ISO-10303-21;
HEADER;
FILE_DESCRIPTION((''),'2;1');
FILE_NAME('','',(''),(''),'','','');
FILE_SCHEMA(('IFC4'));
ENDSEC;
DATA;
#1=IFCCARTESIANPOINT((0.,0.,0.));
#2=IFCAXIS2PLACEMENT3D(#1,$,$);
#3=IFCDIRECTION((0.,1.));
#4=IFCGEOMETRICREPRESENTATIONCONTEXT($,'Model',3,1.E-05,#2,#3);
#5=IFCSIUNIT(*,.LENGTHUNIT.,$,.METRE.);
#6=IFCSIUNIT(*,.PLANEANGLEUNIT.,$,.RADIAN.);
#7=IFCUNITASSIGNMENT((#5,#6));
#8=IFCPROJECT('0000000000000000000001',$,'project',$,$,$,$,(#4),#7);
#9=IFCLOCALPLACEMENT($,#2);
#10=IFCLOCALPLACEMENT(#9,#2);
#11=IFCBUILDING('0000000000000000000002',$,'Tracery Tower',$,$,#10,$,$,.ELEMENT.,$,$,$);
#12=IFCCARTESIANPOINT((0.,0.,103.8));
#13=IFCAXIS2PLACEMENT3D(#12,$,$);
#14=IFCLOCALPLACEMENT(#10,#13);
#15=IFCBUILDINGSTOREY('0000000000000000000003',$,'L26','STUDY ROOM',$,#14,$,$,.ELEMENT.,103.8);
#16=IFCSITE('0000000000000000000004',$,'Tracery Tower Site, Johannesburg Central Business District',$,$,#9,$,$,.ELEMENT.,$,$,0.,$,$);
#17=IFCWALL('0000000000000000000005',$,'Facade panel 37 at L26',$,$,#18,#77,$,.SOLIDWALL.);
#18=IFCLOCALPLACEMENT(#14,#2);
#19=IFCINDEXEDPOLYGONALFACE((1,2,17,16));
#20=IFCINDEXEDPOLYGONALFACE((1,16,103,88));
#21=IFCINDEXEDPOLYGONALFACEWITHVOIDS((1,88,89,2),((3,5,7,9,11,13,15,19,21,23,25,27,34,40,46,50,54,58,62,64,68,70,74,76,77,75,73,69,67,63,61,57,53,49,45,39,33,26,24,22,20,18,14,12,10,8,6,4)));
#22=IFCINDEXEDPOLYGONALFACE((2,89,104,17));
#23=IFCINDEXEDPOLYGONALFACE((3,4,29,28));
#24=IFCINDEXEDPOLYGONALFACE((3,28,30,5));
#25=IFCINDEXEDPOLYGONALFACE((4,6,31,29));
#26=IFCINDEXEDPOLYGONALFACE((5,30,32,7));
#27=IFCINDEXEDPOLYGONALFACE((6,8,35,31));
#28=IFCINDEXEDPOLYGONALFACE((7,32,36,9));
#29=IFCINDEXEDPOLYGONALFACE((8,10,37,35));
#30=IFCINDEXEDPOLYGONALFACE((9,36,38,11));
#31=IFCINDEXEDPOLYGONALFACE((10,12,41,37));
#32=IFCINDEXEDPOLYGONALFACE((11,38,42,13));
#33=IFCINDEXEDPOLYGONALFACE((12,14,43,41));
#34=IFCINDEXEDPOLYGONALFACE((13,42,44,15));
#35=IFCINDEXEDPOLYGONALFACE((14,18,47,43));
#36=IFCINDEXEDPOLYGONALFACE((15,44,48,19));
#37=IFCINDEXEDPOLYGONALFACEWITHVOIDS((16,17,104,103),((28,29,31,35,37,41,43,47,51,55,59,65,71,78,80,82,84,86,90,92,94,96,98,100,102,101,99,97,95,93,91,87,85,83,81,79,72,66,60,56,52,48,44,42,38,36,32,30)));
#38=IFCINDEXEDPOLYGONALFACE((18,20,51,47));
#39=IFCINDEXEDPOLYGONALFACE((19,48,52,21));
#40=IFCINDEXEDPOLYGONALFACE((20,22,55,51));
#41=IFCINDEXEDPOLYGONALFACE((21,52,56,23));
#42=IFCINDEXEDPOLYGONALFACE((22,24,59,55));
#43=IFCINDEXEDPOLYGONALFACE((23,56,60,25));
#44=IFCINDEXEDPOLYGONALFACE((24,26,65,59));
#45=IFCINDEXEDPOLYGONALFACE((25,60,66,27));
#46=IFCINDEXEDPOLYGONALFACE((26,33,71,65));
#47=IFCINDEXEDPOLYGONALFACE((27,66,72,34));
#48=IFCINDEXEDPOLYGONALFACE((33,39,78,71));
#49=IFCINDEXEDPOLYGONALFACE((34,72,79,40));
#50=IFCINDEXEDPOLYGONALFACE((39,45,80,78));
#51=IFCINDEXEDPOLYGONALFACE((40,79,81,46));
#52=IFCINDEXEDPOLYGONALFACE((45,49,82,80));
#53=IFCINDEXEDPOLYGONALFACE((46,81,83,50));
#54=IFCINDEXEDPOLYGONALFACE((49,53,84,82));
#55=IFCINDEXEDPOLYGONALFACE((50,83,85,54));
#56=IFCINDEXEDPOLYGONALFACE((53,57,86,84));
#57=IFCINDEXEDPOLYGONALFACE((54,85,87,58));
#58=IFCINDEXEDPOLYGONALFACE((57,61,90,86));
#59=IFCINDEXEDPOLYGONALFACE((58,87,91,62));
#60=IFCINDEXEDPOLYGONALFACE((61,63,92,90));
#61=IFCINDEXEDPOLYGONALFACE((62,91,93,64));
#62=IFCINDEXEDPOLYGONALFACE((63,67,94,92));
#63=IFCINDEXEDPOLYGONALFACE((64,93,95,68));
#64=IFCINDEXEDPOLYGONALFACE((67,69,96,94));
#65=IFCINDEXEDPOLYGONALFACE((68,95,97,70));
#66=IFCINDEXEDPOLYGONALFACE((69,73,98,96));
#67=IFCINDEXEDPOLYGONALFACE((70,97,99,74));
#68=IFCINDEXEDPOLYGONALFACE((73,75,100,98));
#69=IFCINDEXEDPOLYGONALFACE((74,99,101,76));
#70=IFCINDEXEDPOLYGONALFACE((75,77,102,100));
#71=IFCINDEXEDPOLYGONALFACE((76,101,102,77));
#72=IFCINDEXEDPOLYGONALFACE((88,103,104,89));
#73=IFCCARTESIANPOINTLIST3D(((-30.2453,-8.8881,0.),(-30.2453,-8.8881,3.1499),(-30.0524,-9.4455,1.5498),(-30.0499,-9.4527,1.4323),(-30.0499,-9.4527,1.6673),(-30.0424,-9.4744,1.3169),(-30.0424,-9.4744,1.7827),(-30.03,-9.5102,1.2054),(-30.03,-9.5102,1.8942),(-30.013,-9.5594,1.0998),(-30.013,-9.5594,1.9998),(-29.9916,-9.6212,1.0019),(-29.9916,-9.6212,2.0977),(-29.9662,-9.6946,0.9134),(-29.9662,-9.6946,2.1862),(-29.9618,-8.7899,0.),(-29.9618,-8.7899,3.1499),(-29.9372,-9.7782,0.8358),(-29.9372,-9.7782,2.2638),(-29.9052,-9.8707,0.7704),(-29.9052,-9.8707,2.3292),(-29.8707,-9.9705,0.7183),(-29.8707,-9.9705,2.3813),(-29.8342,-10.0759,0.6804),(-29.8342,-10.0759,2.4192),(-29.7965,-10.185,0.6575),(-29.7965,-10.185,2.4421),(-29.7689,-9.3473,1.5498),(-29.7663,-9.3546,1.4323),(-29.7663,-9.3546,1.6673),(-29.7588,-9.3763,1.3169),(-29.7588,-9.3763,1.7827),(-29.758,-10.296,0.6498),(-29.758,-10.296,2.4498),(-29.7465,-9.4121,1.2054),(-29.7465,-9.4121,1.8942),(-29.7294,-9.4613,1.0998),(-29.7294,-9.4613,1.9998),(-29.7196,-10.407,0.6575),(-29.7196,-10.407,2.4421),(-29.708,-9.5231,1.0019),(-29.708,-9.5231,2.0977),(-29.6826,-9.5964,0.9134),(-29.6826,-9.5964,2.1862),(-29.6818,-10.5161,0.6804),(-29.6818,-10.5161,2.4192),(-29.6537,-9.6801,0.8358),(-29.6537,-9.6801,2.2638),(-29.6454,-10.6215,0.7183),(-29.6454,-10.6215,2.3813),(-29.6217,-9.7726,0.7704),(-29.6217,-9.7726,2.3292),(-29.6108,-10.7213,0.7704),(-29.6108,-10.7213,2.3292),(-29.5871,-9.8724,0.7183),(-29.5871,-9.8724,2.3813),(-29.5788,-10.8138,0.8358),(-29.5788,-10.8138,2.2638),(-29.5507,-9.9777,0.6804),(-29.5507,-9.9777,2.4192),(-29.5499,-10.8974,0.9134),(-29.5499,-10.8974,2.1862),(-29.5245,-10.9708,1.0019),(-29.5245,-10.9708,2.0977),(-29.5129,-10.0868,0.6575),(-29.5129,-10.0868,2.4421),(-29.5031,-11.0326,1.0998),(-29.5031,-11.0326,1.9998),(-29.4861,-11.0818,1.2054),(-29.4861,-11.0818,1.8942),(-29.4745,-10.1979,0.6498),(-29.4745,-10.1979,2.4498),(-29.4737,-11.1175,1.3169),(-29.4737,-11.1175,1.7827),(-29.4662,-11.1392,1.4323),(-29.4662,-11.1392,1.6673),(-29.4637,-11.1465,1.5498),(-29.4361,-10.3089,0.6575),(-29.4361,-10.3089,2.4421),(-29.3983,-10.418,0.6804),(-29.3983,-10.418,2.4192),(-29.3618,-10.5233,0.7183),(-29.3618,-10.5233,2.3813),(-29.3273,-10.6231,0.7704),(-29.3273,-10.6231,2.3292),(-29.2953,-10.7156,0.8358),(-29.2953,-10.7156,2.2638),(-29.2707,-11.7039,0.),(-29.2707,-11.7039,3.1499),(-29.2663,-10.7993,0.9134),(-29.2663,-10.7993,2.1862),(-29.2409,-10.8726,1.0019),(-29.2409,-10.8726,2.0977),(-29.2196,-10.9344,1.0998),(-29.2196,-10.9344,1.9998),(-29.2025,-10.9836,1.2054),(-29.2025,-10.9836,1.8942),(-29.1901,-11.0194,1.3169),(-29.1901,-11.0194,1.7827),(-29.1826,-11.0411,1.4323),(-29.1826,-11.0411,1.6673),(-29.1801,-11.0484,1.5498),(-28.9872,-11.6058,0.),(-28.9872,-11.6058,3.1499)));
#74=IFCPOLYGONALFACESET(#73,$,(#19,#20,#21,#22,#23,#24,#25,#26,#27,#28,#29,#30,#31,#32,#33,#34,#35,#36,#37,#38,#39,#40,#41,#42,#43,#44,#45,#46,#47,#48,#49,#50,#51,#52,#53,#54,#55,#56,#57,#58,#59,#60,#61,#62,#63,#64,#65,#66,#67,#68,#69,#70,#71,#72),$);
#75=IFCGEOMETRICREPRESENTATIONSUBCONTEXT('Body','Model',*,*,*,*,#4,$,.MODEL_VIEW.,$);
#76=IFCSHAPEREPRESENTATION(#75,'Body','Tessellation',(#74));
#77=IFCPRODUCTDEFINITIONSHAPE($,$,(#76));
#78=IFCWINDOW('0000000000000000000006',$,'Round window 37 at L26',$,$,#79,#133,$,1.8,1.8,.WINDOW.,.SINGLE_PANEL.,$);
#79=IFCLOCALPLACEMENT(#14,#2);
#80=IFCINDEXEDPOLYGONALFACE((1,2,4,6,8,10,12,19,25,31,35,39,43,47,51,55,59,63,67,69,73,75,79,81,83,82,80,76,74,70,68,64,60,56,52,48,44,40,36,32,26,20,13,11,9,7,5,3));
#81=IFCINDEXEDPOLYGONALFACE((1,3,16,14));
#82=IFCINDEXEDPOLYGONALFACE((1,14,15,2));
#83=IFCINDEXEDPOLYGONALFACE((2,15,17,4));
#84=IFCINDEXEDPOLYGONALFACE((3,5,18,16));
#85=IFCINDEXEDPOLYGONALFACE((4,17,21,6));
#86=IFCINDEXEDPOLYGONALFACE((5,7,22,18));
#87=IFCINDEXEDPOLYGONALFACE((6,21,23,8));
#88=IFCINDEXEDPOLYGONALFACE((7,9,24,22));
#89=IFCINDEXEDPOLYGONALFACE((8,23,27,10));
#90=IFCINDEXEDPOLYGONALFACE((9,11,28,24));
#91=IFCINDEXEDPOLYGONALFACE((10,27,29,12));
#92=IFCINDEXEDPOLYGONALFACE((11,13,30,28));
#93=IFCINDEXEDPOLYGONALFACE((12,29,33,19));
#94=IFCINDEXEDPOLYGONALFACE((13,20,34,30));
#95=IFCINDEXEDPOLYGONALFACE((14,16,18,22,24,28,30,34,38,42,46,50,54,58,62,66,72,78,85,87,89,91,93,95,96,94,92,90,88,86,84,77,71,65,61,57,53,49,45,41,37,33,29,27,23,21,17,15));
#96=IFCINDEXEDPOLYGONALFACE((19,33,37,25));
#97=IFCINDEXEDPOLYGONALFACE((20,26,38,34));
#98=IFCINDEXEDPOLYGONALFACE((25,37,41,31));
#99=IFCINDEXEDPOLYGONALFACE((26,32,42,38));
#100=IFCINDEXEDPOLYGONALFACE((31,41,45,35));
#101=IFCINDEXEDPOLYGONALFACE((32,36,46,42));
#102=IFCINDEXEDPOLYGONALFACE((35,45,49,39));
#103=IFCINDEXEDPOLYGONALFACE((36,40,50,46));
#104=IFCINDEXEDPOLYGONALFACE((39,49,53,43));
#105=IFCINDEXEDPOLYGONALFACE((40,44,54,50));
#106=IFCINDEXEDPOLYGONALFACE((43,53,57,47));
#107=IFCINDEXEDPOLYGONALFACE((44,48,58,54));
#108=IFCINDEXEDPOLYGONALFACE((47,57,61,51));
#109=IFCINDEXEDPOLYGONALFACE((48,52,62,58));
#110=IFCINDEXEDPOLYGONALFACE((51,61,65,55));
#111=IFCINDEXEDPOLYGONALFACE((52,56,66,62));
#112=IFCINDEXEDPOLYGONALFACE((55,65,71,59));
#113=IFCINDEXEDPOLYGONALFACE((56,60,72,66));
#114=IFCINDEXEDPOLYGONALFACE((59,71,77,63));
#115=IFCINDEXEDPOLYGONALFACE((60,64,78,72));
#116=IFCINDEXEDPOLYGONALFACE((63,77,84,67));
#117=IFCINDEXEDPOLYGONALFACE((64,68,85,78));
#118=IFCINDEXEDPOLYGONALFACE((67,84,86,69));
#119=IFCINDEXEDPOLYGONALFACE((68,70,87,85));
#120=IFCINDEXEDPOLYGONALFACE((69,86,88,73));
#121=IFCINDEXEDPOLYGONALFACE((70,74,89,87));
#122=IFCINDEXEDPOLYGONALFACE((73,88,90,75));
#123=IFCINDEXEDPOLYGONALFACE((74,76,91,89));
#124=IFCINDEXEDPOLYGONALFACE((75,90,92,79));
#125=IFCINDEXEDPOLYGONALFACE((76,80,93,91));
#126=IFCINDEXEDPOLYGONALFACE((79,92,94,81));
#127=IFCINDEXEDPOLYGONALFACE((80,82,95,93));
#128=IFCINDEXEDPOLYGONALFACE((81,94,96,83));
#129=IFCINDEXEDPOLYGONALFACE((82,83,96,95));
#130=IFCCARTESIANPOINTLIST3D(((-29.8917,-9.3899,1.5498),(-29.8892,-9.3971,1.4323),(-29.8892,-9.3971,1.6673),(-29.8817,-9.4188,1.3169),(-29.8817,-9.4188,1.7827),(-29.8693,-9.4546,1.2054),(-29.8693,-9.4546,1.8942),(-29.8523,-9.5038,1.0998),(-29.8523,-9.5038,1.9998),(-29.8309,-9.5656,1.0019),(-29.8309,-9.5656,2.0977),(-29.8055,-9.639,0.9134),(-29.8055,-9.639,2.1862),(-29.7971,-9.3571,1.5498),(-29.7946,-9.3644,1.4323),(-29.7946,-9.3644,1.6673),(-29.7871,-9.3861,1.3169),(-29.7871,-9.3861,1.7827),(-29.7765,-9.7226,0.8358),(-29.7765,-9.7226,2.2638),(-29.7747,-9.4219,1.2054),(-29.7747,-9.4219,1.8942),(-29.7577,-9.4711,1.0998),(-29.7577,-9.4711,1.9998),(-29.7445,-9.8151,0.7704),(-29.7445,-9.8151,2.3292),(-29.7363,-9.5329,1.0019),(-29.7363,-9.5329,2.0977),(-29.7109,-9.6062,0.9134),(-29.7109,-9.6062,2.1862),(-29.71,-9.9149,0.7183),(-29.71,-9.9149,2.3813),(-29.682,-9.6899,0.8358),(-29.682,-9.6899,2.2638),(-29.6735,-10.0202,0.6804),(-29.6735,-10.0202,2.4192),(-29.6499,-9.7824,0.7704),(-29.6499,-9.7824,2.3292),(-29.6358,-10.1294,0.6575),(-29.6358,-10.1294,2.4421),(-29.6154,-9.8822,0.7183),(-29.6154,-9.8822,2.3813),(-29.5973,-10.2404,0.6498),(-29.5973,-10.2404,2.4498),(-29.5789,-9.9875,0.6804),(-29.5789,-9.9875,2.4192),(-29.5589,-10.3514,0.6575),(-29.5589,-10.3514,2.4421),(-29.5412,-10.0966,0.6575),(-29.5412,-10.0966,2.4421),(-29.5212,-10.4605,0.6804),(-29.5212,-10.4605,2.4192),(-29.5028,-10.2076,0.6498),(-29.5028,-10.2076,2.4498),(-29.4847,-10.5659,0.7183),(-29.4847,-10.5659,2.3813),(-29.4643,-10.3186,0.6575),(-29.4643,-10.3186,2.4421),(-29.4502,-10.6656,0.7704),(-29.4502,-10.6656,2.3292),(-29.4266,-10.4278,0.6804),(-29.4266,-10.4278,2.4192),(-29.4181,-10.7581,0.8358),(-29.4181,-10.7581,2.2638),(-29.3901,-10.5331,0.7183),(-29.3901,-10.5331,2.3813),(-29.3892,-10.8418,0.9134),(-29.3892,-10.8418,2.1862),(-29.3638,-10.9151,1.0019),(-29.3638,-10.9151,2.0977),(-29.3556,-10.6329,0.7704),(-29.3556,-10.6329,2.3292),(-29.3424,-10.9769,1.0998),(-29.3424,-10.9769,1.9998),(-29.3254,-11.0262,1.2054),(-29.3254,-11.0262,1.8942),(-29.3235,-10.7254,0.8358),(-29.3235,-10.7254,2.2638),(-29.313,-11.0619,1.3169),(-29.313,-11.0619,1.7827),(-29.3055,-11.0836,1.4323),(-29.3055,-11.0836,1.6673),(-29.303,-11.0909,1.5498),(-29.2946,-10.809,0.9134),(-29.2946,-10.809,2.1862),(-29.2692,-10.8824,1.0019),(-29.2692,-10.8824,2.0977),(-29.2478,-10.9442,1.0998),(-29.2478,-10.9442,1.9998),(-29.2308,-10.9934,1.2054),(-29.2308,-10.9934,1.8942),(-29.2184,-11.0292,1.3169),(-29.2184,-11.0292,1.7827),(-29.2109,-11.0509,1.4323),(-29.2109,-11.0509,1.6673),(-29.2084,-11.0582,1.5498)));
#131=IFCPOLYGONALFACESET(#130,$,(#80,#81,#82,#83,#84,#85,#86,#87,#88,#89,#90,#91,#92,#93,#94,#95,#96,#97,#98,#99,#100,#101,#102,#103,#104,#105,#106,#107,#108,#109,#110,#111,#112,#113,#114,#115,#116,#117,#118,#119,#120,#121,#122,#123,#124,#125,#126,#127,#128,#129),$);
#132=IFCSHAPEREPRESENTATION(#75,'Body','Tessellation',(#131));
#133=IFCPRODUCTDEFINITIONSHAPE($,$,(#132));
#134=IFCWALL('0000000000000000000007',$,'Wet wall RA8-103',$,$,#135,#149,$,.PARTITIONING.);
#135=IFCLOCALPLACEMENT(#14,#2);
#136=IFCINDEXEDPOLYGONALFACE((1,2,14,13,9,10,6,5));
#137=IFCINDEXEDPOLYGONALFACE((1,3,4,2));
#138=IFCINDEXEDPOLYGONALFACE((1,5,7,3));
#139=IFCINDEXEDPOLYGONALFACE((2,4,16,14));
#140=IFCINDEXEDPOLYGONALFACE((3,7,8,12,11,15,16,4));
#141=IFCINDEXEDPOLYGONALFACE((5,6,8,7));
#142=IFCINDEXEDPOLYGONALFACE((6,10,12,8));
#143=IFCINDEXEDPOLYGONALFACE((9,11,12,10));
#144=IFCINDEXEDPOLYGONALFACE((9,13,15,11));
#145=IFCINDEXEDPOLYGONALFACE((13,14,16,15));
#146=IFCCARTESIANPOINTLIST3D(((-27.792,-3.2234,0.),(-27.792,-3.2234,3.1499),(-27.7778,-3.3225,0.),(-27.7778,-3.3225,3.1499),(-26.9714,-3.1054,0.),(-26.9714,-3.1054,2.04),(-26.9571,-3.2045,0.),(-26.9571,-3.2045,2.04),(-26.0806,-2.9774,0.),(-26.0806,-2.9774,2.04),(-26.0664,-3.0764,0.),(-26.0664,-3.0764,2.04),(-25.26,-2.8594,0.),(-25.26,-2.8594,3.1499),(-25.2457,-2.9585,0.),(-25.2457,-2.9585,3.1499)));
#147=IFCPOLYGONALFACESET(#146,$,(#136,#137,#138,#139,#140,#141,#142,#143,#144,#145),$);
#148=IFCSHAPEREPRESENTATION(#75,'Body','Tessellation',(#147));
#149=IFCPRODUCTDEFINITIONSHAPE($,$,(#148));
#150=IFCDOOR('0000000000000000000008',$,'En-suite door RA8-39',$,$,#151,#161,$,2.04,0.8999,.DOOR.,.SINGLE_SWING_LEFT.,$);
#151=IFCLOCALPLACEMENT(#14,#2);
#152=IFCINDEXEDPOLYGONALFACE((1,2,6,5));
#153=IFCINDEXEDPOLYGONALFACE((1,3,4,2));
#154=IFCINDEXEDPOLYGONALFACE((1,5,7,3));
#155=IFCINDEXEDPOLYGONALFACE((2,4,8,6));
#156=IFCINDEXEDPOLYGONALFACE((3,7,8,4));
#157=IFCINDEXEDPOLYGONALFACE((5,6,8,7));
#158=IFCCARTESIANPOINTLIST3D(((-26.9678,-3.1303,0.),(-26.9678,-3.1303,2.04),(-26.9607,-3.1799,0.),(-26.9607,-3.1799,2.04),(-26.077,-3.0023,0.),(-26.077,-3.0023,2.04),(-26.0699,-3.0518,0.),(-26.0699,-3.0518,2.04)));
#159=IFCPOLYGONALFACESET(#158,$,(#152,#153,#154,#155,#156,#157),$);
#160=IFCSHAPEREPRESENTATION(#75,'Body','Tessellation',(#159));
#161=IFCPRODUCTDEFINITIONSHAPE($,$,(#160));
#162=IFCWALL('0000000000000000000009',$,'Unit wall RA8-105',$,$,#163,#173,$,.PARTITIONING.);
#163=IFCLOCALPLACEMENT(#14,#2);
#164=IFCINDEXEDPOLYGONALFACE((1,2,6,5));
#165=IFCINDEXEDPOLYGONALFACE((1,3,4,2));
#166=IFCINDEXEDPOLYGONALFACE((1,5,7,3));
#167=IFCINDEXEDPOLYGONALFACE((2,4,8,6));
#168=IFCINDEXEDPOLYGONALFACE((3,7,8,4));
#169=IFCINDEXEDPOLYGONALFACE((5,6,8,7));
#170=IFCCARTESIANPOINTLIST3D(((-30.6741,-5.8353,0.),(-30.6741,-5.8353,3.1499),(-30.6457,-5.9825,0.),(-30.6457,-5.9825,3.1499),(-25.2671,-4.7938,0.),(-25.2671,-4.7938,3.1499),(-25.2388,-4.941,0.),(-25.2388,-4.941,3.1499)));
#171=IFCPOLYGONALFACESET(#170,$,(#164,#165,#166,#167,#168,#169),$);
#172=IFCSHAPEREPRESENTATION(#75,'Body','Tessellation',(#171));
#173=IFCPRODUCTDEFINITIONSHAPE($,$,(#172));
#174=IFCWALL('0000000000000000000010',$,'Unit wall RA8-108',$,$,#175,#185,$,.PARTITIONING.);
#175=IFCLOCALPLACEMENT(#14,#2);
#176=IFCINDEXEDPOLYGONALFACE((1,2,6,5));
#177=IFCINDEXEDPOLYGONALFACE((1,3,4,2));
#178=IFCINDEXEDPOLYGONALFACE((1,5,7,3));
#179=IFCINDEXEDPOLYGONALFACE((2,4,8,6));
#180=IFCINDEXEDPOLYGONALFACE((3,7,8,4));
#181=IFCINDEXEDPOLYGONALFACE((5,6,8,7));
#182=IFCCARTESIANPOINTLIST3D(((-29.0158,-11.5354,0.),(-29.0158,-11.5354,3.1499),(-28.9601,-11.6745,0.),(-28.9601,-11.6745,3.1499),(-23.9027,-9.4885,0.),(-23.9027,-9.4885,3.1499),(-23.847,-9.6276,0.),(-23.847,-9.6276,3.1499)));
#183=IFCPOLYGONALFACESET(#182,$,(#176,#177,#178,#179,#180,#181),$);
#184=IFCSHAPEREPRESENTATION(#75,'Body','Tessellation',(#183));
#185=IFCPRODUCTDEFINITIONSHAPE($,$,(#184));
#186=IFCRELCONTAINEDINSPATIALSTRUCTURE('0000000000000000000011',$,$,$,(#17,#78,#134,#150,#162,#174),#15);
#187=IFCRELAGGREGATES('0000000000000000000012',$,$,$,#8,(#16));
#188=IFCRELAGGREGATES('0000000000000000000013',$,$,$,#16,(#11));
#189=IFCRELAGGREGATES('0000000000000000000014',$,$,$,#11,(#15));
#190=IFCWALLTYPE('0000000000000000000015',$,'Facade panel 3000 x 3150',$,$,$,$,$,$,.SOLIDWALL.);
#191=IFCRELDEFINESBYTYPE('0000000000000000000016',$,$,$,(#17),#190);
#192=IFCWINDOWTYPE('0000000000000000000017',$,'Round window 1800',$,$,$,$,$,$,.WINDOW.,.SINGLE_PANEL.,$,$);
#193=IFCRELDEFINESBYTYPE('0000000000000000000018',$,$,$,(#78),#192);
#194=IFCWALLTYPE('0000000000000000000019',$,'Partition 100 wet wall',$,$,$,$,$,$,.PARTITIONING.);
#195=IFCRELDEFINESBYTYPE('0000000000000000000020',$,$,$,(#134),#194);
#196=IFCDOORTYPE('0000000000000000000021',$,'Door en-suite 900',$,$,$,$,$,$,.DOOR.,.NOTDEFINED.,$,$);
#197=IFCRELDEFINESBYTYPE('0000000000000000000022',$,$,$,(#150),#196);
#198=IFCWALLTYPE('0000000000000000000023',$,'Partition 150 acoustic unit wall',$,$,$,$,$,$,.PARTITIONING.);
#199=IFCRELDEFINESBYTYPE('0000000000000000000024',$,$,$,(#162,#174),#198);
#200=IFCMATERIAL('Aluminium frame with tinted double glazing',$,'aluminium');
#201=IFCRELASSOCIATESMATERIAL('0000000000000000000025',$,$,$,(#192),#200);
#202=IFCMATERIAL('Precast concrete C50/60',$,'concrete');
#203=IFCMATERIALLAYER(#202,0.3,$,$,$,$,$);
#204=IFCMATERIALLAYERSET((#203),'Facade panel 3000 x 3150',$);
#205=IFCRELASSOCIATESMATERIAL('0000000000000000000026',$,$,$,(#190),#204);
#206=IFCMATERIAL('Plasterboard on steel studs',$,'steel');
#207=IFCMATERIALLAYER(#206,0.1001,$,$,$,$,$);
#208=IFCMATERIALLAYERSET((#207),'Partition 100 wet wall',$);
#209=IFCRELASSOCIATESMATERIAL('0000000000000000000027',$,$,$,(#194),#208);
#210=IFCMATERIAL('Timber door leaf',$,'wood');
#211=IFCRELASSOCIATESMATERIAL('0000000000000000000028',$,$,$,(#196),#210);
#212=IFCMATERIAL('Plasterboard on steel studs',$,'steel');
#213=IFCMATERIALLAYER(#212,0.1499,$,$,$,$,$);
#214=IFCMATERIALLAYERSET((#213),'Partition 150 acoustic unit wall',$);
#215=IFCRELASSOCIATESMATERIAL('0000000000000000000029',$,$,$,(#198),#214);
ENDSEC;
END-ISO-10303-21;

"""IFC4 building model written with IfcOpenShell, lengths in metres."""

from ifc_helpers import new_model, si_unit, direction, frame, frame_2d, origin, origin_2d, place, context, subcontext, project, spatial, rectangle, circle, extrude, material, layer, layer_set, type_object, element, fill, save


model = new_model("IFC4")

# Units and contexts
model_context = context("Model", 3, precision=1e-05, world=origin(), true_north=direction((0.0, 1.0)))
body_context = subcontext(model_context, "Body", "Model", "MODEL_VIEW")
ifc_project = project(units=[si_unit("LENGTHUNIT", "METRE"), si_unit("PLANEANGLEUNIT", "RADIAN")], contexts=[model_context])

# Site, building, storey
site_placement = place(None, origin())
site = spatial("IfcSite", under=ifc_project, at=site_placement, Name="Tracery Tower Site, Johannesburg Central Business District", CompositionType="ELEMENT", RefElevation=0.0)
building_placement = place(site_placement, origin())
building = spatial("IfcBuilding", under=site, at=building_placement, Name="Tracery Tower", CompositionType="ELEMENT")
storey_placement = place(building_placement, frame((0.0, 0.0, 103.8)))
storey = spatial("IfcBuildingStorey", under=building, at=storey_placement, Name="L26", Description="STUDY ROOM", CompositionType="ELEMENT", Elevation=103.8)

# Wall, opening, window
ifc_material_1 = material(Name="Aluminium frame with tinted double glazing", Category="aluminium")
window_type = type_object("IfcWindowType", Name="Round window 1800", PartitioningType="SINGLE_PANEL", PredefinedType="WINDOW", material=ifc_material_1)
ifc_material_2 = material(Name="Precast concrete C50/60", Category="concrete")
ifc_layer_1 = layer(ifc_material_2, 0.3)
ifc_layer_set_1 = layer_set([ifc_layer_1], Name="Facade panel 3000 x 3150")
wall_type_1 = type_object("IfcWallType", Name="Facade panel 3000 x 3150", PredefinedType="SOLIDWALL", material=ifc_layer_set_1)
wall_1_placement = place(storey_placement, frame((-30.1035, -8.8391, 0.0), z_axis=(0.0, 0.0, 1.0), x_axis=(0.327071, -0.945, 0.0)))
wall_1 = element("IfcWall", 1, at=wall_1_placement, inside=storey, type_object=wall_type_1, Name="Facade panel 37 at L26", PredefinedType="SOLIDWALL", context=body_context, shape_type="SweptSolid", body=[
    extrude(rectangle(XDim=2.9797, YDim=0.3, at=frame_2d((1.4897, 0.0))), origin(), (0.0, 0.0, 1.0), 3.1499),
])
opening_1_placement = place(wall_1_placement, frame((1.4897, 0.0, 1.5498)))
opening_1 = element("IfcOpeningElement", 2, at=opening_1_placement, cuts=wall_1, PredefinedType="OPENING", context=body_context, shape_type="SweptSolid", body=[
    extrude(circle(Radius=0.9, at=origin_2d()), frame((0.0, 0.1599, 0.0), z_axis=(0.0, -1.0, 0.0), x_axis=(1.0, 0.0, 0.0)), (0.0, 0.0, 1.0), 0.3201),
])
window_1_placement = place(opening_1_placement, origin())
window_1 = element("IfcWindow", 3, at=window_1_placement, inside=storey, type_object=window_type, Name="Round window 37 at L26", OverallHeight=1.8, OverallWidth=1.8, PartitioningType="SINGLE_PANEL", PredefinedType="WINDOW", context=body_context, shape_type="SweptSolid", body=[
    extrude(circle(Radius=0.9, at=origin_2d()), frame((0.0, 0.1201, 0.0), z_axis=(0.0, -1.0, 0.0), x_axis=(1.0, 0.0, 0.0)), (0.0, 0.0, 1.0), 0.1001),
])
fill(opening_1, window_1)

# Wall, opening, door
ifc_material_3 = material(Name="Plasterboard on steel studs", Category="steel")
ifc_layer_2 = layer(ifc_material_3, 0.1001)
ifc_layer_set_2 = layer_set([ifc_layer_2], Name="Partition 100 wet wall")
wall_type_2 = type_object("IfcWallType", Name="Partition 100 wet wall", PredefinedType="PARTITIONING", material=ifc_layer_set_2)
wall_2_placement = place(storey_placement, frame((-27.7849, -3.2729, 0.0), z_axis=(0.0, 0.0, 1.0), x_axis=(0.989823, 0.142303, 0.0)))
wall_2 = element("IfcWall", 4, at=wall_2_placement, inside=storey, type_object=wall_type_2, Name="Wet wall RA8-103", PredefinedType="PARTITIONING", context=body_context, shape_type="SweptSolid", body=[
    extrude(rectangle(XDim=2.5581, YDim=0.1001, at=frame_2d((1.2791, 0.0))), origin(), (0.0, 0.0, 1.0), 3.1499),
])
opening_2_placement = place(wall_2_placement, frame((0.8291, 0.0, 0.0)))
opening_2 = element("IfcOpeningElement", 5, at=opening_2_placement, cuts=wall_2, PredefinedType="OPENING", context=body_context, shape_type="SweptSolid", body=[
    extrude(rectangle(XDim=0.8999, YDim=2.04, at=frame_2d((0.45, 1.02))), frame((0.0, 0.05, 0.0), z_axis=(0.0, -1.0, 0.0), x_axis=(1.0, 0.0, 0.0)), (0.0, 0.0, 1.0), 0.1001),
])
ifc_material_4 = material(Name="Timber door leaf", Category="wood")
door_type = type_object("IfcDoorType", Name="Door en-suite 900", OperationType="NOTDEFINED", PredefinedType="DOOR", material=ifc_material_4)
door_placement = place(opening_2_placement, origin())
door = element("IfcDoor", 6, at=door_placement, inside=storey, type_object=door_type, Name="En-suite door RA8-39", OperationType="SINGLE_SWING_LEFT", OverallHeight=2.04, OverallWidth=0.8999, PredefinedType="DOOR", context=body_context, shape_type="SweptSolid", body=[
    extrude(rectangle(XDim=0.8999, YDim=2.04, at=frame_2d((0.45, 1.02))), frame((0.0, 0.0249, 0.0), z_axis=(0.0, -1.0, 0.0), x_axis=(1.0, 0.0, 0.0)), (0.0, 0.0, 1.0), 0.05),
])
fill(opening_2, door)

# Walls
ifc_material_5 = material(Name="Plasterboard on steel studs", Category="steel")
ifc_layer_3 = layer(ifc_material_5, 0.1499)
ifc_layer_set_3 = layer_set([ifc_layer_3], Name="Partition 150 acoustic unit wall")
wall_type_3 = type_object("IfcWallType", Name="Partition 150 acoustic unit wall", PredefinedType="PARTITIONING", material=ifc_layer_set_3)
wall_3_placement = place(storey_placement, frame((-30.6599, -5.9089, 0.0), z_axis=(0.0, 0.0, 1.0), x_axis=(0.981949, 0.189145, 0.0)))
element("IfcWall", 7, at=wall_3_placement, inside=storey, type_object=wall_type_3, Name="Unit wall RA8-105", PredefinedType="PARTITIONING", context=body_context, shape_type="SweptSolid", body=[
    extrude(rectangle(XDim=5.5063, YDim=0.1499, at=frame_2d((2.7532, 0.0))), origin(), (0.0, 0.0, 1.0), 3.1499),
])
wall_4_placement = place(storey_placement, frame((-28.988, -11.605, 0.0), z_axis=(0.0, 0.0, 1.0), x_axis=(0.928373, 0.371651, 0.0)))
element("IfcWall", 8, at=wall_4_placement, inside=storey, type_object=wall_type_3, Name="Unit wall RA8-108", PredefinedType="PARTITIONING", context=body_context, shape_type="SweptSolid", body=[
    extrude(rectangle(XDim=5.5076, YDim=0.1499, at=frame_2d((2.7539, 0.0))), origin(), (0.0, 0.0, 1.0), 3.1499),
])

save(model, "model.ifc")
